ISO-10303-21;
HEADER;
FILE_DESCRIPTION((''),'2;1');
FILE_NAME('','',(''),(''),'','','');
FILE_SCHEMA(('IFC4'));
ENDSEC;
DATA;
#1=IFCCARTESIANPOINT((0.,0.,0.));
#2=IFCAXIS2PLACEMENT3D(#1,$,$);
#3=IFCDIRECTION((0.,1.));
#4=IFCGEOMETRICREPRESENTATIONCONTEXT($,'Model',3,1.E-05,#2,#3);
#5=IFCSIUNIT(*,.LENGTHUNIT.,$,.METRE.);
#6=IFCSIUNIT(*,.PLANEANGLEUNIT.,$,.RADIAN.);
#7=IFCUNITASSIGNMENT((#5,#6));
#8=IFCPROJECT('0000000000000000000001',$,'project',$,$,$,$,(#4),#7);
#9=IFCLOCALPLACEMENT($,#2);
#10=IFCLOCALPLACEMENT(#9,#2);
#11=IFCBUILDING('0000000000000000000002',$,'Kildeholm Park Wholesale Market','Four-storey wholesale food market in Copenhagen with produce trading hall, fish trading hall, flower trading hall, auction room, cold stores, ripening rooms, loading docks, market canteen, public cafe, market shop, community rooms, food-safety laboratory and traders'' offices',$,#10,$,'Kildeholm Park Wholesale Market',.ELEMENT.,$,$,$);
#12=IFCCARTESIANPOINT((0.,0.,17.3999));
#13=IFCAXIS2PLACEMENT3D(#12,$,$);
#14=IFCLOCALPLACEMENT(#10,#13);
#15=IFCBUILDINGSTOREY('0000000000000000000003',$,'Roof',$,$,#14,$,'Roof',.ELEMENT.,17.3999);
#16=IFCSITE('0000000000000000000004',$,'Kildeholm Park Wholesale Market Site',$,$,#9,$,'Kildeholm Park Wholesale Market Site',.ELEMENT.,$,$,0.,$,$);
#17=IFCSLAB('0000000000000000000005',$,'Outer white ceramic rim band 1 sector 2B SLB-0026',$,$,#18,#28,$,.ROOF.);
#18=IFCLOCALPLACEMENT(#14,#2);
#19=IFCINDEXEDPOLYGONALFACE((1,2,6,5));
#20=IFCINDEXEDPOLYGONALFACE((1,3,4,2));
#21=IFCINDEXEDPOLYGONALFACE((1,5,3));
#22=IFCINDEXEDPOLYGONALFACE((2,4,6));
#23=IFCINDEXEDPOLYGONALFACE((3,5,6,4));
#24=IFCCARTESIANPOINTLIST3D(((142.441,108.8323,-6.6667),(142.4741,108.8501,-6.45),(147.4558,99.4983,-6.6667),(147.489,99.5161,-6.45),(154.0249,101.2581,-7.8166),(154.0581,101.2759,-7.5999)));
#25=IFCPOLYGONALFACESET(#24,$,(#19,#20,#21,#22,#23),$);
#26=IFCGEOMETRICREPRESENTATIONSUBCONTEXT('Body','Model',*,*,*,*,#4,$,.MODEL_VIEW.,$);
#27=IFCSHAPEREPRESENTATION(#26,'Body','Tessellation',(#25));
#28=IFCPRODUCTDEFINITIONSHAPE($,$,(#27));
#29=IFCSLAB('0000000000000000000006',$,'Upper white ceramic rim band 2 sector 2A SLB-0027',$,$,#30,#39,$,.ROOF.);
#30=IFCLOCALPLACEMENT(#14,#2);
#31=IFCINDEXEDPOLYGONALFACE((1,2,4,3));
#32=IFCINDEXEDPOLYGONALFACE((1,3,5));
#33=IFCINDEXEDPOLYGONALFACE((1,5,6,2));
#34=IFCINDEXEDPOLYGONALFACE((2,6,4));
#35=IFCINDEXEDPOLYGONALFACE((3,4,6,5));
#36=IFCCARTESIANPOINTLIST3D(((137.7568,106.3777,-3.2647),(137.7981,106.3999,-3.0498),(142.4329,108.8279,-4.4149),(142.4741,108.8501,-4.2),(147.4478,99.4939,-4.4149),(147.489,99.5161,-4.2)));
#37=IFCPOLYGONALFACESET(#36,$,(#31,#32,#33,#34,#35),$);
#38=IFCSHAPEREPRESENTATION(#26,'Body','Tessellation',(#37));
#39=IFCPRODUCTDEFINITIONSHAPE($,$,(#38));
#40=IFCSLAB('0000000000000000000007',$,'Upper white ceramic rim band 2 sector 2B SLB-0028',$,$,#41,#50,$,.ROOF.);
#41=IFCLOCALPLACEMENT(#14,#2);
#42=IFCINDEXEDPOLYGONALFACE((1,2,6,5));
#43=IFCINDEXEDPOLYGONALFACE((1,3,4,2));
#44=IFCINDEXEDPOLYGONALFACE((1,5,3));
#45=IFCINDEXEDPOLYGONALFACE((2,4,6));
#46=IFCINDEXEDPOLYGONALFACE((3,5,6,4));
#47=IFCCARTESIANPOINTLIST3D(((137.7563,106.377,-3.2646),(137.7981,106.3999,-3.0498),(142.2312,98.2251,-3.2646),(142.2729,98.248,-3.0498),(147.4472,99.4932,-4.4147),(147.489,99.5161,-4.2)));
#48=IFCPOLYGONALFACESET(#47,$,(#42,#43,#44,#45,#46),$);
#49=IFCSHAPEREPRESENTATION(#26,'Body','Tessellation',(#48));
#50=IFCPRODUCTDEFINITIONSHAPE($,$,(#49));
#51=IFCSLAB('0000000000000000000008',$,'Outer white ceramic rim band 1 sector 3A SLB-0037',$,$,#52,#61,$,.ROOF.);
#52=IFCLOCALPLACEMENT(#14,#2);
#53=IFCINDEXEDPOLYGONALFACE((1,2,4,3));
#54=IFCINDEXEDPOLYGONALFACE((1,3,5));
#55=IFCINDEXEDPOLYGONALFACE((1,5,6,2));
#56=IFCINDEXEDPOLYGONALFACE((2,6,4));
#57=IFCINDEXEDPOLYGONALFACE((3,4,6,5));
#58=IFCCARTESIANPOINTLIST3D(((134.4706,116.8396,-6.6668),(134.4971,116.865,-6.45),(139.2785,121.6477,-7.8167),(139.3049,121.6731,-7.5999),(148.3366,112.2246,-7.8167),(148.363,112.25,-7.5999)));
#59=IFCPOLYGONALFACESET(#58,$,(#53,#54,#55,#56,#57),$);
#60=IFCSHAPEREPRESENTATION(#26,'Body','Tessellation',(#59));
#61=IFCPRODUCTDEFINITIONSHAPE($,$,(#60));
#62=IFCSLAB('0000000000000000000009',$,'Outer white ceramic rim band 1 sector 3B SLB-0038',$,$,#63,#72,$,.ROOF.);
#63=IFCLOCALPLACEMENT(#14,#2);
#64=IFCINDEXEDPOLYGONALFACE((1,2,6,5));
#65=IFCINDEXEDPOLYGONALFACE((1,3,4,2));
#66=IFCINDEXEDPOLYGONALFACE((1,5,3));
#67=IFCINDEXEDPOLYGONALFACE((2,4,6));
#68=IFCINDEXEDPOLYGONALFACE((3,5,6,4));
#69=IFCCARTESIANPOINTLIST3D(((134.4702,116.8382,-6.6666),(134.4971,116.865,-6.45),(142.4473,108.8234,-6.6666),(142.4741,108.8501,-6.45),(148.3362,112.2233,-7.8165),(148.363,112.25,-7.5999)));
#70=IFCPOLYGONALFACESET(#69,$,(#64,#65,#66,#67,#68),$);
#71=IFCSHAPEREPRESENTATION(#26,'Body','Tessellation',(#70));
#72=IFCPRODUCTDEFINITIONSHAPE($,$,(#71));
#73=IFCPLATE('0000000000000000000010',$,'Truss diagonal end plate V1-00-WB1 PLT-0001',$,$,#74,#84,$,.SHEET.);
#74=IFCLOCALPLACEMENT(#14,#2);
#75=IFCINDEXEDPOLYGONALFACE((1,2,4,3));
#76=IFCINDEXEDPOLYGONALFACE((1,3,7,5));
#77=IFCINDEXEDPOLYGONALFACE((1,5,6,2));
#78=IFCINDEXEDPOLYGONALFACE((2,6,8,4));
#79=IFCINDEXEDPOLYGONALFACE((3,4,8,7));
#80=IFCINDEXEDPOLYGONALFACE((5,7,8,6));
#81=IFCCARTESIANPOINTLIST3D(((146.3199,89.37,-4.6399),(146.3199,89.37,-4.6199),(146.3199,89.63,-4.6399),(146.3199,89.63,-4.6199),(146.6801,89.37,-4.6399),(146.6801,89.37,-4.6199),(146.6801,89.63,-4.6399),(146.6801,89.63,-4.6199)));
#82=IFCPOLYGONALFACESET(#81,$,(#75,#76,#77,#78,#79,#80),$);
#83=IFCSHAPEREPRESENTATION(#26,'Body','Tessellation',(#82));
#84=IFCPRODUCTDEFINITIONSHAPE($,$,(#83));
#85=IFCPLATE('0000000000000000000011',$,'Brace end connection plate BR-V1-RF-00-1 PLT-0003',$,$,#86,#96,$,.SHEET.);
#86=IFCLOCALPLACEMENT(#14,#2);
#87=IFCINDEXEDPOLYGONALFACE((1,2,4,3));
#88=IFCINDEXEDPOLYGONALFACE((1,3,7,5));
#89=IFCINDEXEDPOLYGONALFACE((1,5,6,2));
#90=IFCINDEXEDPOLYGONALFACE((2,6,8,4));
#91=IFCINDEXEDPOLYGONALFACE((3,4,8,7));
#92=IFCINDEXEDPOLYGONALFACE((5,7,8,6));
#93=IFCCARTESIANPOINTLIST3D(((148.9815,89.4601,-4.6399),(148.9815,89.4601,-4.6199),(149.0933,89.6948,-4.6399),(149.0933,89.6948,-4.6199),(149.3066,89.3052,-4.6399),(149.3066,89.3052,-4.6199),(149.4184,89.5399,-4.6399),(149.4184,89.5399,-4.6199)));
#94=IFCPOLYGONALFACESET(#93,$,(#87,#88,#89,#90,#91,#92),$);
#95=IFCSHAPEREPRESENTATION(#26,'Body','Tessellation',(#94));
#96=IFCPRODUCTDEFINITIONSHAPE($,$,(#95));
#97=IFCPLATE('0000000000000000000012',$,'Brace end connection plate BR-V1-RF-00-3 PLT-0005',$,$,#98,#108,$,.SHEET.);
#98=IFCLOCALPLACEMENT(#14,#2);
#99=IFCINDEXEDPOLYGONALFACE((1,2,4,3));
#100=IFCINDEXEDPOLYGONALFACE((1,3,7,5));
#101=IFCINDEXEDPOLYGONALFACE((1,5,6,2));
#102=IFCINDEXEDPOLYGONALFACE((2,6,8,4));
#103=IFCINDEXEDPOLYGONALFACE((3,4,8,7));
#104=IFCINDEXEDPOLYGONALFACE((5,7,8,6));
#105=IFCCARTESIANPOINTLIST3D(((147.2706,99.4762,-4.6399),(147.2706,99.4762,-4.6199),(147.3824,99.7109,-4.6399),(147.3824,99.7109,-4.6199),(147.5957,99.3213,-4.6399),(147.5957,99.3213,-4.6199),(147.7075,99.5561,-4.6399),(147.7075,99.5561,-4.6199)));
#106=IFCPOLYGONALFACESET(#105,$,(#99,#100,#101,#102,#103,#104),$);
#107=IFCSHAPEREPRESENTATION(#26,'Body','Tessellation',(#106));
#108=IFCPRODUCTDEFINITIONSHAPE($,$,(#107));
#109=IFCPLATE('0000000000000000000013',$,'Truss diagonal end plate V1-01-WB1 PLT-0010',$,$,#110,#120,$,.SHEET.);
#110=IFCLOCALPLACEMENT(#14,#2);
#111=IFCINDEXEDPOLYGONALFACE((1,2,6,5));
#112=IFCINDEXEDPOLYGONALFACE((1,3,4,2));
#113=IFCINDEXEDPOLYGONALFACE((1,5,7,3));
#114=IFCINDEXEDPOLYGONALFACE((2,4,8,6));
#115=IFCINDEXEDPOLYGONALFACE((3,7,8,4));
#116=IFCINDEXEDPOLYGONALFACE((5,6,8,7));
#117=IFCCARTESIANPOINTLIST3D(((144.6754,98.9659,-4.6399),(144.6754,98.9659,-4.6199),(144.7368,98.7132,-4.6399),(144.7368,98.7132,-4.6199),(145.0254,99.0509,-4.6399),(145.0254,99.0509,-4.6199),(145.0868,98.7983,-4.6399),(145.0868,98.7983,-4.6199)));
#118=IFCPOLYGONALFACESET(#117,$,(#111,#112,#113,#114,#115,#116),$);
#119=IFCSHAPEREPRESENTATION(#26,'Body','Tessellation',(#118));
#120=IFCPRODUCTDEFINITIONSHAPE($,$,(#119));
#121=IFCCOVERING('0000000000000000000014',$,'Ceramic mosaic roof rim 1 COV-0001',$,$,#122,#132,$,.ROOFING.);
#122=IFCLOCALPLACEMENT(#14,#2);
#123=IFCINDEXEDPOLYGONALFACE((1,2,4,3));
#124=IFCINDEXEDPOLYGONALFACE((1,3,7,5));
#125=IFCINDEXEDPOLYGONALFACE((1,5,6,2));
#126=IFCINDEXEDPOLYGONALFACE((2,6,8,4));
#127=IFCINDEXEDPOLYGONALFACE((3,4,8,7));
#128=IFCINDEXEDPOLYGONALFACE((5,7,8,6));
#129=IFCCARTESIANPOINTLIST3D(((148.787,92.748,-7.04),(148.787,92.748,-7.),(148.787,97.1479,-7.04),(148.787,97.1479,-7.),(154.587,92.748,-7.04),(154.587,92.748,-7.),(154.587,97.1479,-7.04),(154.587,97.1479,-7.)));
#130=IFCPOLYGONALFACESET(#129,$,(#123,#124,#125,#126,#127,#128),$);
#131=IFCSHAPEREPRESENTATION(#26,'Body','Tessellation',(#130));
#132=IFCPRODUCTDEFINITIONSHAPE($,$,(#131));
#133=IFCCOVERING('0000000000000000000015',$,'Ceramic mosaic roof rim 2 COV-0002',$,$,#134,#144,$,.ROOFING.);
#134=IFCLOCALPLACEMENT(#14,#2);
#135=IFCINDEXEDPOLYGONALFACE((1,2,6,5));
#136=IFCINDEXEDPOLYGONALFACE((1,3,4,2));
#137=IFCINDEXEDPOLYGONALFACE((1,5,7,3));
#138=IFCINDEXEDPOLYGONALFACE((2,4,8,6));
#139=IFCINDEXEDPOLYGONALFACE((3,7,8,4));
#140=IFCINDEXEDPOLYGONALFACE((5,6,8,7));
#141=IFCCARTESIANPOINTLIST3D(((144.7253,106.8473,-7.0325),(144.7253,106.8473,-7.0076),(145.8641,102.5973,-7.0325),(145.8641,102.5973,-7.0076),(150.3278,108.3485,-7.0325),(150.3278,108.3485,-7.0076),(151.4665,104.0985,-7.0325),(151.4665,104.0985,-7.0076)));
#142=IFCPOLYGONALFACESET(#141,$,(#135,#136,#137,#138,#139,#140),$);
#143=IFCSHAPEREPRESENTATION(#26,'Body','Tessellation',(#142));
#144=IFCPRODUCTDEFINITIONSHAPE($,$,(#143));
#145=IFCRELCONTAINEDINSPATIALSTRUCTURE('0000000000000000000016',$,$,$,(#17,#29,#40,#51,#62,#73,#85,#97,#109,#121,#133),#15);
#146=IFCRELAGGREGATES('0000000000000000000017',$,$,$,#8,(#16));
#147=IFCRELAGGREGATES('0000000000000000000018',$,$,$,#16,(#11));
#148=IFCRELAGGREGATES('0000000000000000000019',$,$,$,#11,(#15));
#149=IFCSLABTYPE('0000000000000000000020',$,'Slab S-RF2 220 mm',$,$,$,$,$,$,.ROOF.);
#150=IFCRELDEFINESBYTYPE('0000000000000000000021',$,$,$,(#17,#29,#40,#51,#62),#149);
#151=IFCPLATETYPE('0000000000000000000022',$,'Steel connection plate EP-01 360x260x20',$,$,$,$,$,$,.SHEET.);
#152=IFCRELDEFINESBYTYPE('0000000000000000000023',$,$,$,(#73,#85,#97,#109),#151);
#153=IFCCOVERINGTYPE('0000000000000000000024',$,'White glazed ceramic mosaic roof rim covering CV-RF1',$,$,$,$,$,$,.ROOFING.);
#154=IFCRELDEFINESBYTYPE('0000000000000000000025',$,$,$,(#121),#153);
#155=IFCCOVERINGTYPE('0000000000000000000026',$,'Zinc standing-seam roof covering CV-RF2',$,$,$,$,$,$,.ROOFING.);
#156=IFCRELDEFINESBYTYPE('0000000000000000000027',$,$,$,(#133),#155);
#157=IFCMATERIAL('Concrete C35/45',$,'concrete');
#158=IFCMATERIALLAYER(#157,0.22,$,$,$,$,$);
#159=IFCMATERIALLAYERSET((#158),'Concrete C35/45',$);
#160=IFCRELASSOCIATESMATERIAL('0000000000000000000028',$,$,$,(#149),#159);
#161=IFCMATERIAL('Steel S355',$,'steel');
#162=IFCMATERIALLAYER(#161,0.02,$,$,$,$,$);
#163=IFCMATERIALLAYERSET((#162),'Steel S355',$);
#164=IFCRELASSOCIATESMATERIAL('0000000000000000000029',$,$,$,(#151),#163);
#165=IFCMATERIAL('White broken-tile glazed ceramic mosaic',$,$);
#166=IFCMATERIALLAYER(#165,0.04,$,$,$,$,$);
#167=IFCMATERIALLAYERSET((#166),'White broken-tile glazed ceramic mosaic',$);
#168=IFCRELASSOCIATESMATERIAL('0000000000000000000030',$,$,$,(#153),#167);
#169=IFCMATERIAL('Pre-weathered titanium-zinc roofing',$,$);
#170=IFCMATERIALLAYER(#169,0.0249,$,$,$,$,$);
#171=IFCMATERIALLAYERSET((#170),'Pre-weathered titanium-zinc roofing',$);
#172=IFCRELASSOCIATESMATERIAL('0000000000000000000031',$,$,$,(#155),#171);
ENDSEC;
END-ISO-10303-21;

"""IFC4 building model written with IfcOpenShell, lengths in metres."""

from ifc_helpers import new_model, si_unit, direction, frame, origin, origin_2d, place, context, subcontext, project, spatial, polyline, rectangle, outline, extrude, material, layer, layer_set, type_object, element, save


model = new_model("IFC4")

# Units and contexts
model_context = context("Model", 3, precision=1e-05, world=origin(), true_north=direction((0.0, 1.0)))
body_context = subcontext(model_context, "Body", "Model", "MODEL_VIEW")
ifc_project = project(units=[si_unit("LENGTHUNIT", "METRE"), si_unit("PLANEANGLEUNIT", "RADIAN")], contexts=[model_context])

# Site, building, storey
site_placement = place(None, origin())
site = spatial("IfcSite", under=ifc_project, at=site_placement, Name="Kildeholm Park Wholesale Market Site", LongName="Kildeholm Park Wholesale Market Site", CompositionType="ELEMENT", RefElevation=0.0)
building_placement = place(site_placement, origin())
building = spatial("IfcBuilding", under=site, at=building_placement, Name="Kildeholm Park Wholesale Market", Description="Four-storey wholesale food market in Copenhagen with produce trading hall, fish trading hall, flower trading hall, auction room, cold stores, ripening rooms, loading docks, market canteen, public cafe, market shop, community rooms, food-safety laboratory and traders' offices", LongName="Kildeholm Park Wholesale Market", CompositionType="ELEMENT")
storey_placement = place(building_placement, frame((0.0, 0.0, 17.3999)))
storey = spatial("IfcBuildingStorey", under=building, at=storey_placement, Name="Roof", LongName="Roof", CompositionType="ELEMENT", Elevation=17.3999)

# Shared definitions
ifc_material_1 = material(Name="Steel S355", Category="steel")

# Slabs
ifc_material_2 = material(Name="Concrete C35/45", Category="concrete")
ifc_layer_1 = layer(ifc_material_2, 0.22)
ifc_layer_set_1 = layer_set([ifc_layer_1], Name="Concrete C35/45")
slab_type = type_object("IfcSlabType", Name="Slab S-RF2 220 mm", PredefinedType="ROOF", material=ifc_layer_set_1)
slab_1_placement = place(storey_placement, frame((154.0581, 101.2759, -7.5999), z_axis=(0.150765, 0.081002, 0.985245), x_axis=(-0.834093, 0.545374, 0.082798)))
element("IfcSlab", 1, at=slab_1_placement, inside=storey, type_object=slab_type, Name="Outer white ceramic rim band 1 sector 2B SLB-0026", PredefinedType="ROOF", context=body_context, shape_type="SweptSolid", body=[
    extrude(outline(polyline([(0.0, 0.0), (13.8881, 0.0), (4.6147, 5.1261), (0.0, 0.0)])), origin(), (0.0, 0.0, -1.0), 0.22),
])
slab_2_placement = place(storey_placement, frame((147.489, 99.5161, -4.2), z_axis=(0.187533, 0.100756, 0.977077), x_axis=(-0.473288, 0.880908, 0.0)))
element("IfcSlab", 2, at=slab_2_placement, inside=storey, type_object=slab_type, Name="Upper white ceramic rim band 2 sector 2A SLB-0027", PredefinedType="ROOF", context=body_context, shape_type="SweptSolid", body=[
    extrude(outline(polyline([(0.0, 0.0), (10.5959, 0.0), (10.6506, 5.4026), (0.0, 0.0)])), origin(), (0.0, 0.0, -1.0), 0.22),
])
slab_3_placement = place(storey_placement, frame((147.489, 99.5161, -4.2), z_axis=(0.189919, 0.104253, 0.976249), x_axis=(-0.811465, 0.576411, 0.096307)))
element("IfcSlab", 3, at=slab_3_placement, inside=storey, type_object=slab_type, Name="Upper white ceramic rim band 2 sector 2B SLB-0028", PredefinedType="ROOF", context=body_context, shape_type="SweptSolid", body=[
    extrude(outline(polyline([(0.0, 0.0), (11.9425, 0.0), (3.6125, 4.1338), (0.0, 0.0)])), origin(), (0.0, 0.0, -1.0), 0.22),
])
slab_4_placement = place(storey_placement, frame((148.363, 112.25, -7.5999), z_axis=(0.120236, 0.115579, 0.985994), x_axis=(-0.693007, 0.720931, 0.0)))
element("IfcSlab", 4, at=slab_4_placement, inside=storey, type_object=slab_type, Name="Outer white ceramic rim band 1 sector 3A SLB-0037", PredefinedType="ROOF", context=body_context, shape_type="SweptSolid", body=[
    extrude(outline(polyline([(0.0, 0.0), (13.0707, 0.0), (12.9363, 6.8948), (0.0, 0.0)])), origin(), (0.0, 0.0, -1.0), 0.22),
])
slab_5_placement = place(storey_placement, frame((148.363, 112.25, -7.5999), z_axis=(0.122153, 0.121576, 0.985037), x_axis=(-0.945903, 0.314824, 0.078444)))
element("IfcSlab", 5, at=slab_5_placement, inside=storey, type_object=slab_type, Name="Outer white ceramic rim band 1 sector 3B SLB-0038", PredefinedType="ROOF", context=body_context, shape_type="SweptSolid", body=[
    extrude(outline(polyline([(0.0, 0.0), (14.659, 0.0), (4.5902, 5.147), (0.0, 0.0)])), origin(), (0.0, 0.0, -1.0), 0.22),
])

# Plates
ifc_layer_2 = layer(ifc_material_1, 0.02)
ifc_layer_set_2 = layer_set([ifc_layer_2], Name="Steel S355")
plate_type = type_object("IfcPlateType", Name="Steel connection plate EP-01 360x260x20", PredefinedType="SHEET", material=ifc_layer_set_2)
for number, where, z_axis, x_axis, name in (
    (6, (146.5, 89.5, -4.6399), (0.0, 0.0, 1.0), (-1.0, 0.0, 0.0), "Truss diagonal end plate V1-00-WB1 PLT-0001"),
    (7, (149.2, 89.5, -4.6399), (0.0, 0.0, 1.0), (-0.902811, 0.430038, 0.0), "Brace end connection plate BR-V1-RF-00-1 PLT-0003"),
    (8, (147.489, 99.5161, -4.6399), (0.0, 0.0, 1.0), (-0.902811, 0.430038, 0.0), "Brace end connection plate BR-V1-RF-00-3 PLT-0005"),
    (9, (144.8811, 98.8821, -4.6399), (0.0, 0.0, 1.0), (-0.971714, -0.23616, 0.0), "Truss diagonal end plate V1-01-WB1 PLT-0010"),
):
    element("IfcPlate", number, at=place(storey_placement, frame(where, z_axis=z_axis, x_axis=x_axis)), inside=storey, type_object=plate_type, Name=name, PredefinedType="SHEET", context=body_context, shape_type="SweptSolid", body=[
        extrude(rectangle(XDim=0.3601, YDim=0.26, at=origin_2d()), origin(), (0.0, 0.0, 1.0), 0.02),
    ])

# Coverings
ifc_material_3 = material(Name="White broken-tile glazed ceramic mosaic")
ifc_layer_3 = layer(ifc_material_3, 0.04)
ifc_layer_set_3 = layer_set([ifc_layer_3], Name="White broken-tile glazed ceramic mosaic")
covering_type_1 = type_object("IfcCoveringType", Name="White glazed ceramic mosaic roof rim covering CV-RF1", PredefinedType="ROOFING", material=ifc_layer_set_3)
covering_1_placement = place(storey_placement, frame((151.687, 94.948, -7.04), z_axis=(0.0, 0.0, 1.0), x_axis=(1.0, 0.0, 0.0)))
element("IfcCovering", 10, at=covering_1_placement, inside=storey, type_object=covering_type_1, Name="Ceramic mosaic roof rim 1 COV-0001", PredefinedType="ROOFING", context=body_context, shape_type="SweptSolid", body=[
    extrude(rectangle(XDim=5.8, YDim=4.3999, at=origin_2d()), origin(), (0.0, 0.0, 1.0), 0.04),
])
ifc_material_4 = material(Name="Pre-weathered titanium-zinc roofing")
ifc_layer_4 = layer(ifc_material_4, 0.0249)
ifc_layer_set_4 = layer_set([ifc_layer_4], Name="Pre-weathered titanium-zinc roofing")
covering_type_2 = type_object("IfcCoveringType", Name="Zinc standing-seam roof covering CV-RF2", PredefinedType="ROOFING", material=ifc_layer_set_4)
covering_2_placement = place(storey_placement, frame((148.0959, 105.4729, -7.0325), z_axis=(0.0, 0.0, 1.0), x_axis=(0.965926, 0.258819, 0.0)))
element("IfcCovering", 11, at=covering_2_placement, inside=storey, type_object=covering_type_2, Name="Ceramic mosaic roof rim 2 COV-0002", PredefinedType="ROOFING", context=body_context, shape_type="SweptSolid", body=[
    extrude(rectangle(XDim=5.8, YDim=4.3999, at=origin_2d()), origin(), (0.0, 0.0, 1.0), 0.0249),
])

save(model, "model.ifc")
